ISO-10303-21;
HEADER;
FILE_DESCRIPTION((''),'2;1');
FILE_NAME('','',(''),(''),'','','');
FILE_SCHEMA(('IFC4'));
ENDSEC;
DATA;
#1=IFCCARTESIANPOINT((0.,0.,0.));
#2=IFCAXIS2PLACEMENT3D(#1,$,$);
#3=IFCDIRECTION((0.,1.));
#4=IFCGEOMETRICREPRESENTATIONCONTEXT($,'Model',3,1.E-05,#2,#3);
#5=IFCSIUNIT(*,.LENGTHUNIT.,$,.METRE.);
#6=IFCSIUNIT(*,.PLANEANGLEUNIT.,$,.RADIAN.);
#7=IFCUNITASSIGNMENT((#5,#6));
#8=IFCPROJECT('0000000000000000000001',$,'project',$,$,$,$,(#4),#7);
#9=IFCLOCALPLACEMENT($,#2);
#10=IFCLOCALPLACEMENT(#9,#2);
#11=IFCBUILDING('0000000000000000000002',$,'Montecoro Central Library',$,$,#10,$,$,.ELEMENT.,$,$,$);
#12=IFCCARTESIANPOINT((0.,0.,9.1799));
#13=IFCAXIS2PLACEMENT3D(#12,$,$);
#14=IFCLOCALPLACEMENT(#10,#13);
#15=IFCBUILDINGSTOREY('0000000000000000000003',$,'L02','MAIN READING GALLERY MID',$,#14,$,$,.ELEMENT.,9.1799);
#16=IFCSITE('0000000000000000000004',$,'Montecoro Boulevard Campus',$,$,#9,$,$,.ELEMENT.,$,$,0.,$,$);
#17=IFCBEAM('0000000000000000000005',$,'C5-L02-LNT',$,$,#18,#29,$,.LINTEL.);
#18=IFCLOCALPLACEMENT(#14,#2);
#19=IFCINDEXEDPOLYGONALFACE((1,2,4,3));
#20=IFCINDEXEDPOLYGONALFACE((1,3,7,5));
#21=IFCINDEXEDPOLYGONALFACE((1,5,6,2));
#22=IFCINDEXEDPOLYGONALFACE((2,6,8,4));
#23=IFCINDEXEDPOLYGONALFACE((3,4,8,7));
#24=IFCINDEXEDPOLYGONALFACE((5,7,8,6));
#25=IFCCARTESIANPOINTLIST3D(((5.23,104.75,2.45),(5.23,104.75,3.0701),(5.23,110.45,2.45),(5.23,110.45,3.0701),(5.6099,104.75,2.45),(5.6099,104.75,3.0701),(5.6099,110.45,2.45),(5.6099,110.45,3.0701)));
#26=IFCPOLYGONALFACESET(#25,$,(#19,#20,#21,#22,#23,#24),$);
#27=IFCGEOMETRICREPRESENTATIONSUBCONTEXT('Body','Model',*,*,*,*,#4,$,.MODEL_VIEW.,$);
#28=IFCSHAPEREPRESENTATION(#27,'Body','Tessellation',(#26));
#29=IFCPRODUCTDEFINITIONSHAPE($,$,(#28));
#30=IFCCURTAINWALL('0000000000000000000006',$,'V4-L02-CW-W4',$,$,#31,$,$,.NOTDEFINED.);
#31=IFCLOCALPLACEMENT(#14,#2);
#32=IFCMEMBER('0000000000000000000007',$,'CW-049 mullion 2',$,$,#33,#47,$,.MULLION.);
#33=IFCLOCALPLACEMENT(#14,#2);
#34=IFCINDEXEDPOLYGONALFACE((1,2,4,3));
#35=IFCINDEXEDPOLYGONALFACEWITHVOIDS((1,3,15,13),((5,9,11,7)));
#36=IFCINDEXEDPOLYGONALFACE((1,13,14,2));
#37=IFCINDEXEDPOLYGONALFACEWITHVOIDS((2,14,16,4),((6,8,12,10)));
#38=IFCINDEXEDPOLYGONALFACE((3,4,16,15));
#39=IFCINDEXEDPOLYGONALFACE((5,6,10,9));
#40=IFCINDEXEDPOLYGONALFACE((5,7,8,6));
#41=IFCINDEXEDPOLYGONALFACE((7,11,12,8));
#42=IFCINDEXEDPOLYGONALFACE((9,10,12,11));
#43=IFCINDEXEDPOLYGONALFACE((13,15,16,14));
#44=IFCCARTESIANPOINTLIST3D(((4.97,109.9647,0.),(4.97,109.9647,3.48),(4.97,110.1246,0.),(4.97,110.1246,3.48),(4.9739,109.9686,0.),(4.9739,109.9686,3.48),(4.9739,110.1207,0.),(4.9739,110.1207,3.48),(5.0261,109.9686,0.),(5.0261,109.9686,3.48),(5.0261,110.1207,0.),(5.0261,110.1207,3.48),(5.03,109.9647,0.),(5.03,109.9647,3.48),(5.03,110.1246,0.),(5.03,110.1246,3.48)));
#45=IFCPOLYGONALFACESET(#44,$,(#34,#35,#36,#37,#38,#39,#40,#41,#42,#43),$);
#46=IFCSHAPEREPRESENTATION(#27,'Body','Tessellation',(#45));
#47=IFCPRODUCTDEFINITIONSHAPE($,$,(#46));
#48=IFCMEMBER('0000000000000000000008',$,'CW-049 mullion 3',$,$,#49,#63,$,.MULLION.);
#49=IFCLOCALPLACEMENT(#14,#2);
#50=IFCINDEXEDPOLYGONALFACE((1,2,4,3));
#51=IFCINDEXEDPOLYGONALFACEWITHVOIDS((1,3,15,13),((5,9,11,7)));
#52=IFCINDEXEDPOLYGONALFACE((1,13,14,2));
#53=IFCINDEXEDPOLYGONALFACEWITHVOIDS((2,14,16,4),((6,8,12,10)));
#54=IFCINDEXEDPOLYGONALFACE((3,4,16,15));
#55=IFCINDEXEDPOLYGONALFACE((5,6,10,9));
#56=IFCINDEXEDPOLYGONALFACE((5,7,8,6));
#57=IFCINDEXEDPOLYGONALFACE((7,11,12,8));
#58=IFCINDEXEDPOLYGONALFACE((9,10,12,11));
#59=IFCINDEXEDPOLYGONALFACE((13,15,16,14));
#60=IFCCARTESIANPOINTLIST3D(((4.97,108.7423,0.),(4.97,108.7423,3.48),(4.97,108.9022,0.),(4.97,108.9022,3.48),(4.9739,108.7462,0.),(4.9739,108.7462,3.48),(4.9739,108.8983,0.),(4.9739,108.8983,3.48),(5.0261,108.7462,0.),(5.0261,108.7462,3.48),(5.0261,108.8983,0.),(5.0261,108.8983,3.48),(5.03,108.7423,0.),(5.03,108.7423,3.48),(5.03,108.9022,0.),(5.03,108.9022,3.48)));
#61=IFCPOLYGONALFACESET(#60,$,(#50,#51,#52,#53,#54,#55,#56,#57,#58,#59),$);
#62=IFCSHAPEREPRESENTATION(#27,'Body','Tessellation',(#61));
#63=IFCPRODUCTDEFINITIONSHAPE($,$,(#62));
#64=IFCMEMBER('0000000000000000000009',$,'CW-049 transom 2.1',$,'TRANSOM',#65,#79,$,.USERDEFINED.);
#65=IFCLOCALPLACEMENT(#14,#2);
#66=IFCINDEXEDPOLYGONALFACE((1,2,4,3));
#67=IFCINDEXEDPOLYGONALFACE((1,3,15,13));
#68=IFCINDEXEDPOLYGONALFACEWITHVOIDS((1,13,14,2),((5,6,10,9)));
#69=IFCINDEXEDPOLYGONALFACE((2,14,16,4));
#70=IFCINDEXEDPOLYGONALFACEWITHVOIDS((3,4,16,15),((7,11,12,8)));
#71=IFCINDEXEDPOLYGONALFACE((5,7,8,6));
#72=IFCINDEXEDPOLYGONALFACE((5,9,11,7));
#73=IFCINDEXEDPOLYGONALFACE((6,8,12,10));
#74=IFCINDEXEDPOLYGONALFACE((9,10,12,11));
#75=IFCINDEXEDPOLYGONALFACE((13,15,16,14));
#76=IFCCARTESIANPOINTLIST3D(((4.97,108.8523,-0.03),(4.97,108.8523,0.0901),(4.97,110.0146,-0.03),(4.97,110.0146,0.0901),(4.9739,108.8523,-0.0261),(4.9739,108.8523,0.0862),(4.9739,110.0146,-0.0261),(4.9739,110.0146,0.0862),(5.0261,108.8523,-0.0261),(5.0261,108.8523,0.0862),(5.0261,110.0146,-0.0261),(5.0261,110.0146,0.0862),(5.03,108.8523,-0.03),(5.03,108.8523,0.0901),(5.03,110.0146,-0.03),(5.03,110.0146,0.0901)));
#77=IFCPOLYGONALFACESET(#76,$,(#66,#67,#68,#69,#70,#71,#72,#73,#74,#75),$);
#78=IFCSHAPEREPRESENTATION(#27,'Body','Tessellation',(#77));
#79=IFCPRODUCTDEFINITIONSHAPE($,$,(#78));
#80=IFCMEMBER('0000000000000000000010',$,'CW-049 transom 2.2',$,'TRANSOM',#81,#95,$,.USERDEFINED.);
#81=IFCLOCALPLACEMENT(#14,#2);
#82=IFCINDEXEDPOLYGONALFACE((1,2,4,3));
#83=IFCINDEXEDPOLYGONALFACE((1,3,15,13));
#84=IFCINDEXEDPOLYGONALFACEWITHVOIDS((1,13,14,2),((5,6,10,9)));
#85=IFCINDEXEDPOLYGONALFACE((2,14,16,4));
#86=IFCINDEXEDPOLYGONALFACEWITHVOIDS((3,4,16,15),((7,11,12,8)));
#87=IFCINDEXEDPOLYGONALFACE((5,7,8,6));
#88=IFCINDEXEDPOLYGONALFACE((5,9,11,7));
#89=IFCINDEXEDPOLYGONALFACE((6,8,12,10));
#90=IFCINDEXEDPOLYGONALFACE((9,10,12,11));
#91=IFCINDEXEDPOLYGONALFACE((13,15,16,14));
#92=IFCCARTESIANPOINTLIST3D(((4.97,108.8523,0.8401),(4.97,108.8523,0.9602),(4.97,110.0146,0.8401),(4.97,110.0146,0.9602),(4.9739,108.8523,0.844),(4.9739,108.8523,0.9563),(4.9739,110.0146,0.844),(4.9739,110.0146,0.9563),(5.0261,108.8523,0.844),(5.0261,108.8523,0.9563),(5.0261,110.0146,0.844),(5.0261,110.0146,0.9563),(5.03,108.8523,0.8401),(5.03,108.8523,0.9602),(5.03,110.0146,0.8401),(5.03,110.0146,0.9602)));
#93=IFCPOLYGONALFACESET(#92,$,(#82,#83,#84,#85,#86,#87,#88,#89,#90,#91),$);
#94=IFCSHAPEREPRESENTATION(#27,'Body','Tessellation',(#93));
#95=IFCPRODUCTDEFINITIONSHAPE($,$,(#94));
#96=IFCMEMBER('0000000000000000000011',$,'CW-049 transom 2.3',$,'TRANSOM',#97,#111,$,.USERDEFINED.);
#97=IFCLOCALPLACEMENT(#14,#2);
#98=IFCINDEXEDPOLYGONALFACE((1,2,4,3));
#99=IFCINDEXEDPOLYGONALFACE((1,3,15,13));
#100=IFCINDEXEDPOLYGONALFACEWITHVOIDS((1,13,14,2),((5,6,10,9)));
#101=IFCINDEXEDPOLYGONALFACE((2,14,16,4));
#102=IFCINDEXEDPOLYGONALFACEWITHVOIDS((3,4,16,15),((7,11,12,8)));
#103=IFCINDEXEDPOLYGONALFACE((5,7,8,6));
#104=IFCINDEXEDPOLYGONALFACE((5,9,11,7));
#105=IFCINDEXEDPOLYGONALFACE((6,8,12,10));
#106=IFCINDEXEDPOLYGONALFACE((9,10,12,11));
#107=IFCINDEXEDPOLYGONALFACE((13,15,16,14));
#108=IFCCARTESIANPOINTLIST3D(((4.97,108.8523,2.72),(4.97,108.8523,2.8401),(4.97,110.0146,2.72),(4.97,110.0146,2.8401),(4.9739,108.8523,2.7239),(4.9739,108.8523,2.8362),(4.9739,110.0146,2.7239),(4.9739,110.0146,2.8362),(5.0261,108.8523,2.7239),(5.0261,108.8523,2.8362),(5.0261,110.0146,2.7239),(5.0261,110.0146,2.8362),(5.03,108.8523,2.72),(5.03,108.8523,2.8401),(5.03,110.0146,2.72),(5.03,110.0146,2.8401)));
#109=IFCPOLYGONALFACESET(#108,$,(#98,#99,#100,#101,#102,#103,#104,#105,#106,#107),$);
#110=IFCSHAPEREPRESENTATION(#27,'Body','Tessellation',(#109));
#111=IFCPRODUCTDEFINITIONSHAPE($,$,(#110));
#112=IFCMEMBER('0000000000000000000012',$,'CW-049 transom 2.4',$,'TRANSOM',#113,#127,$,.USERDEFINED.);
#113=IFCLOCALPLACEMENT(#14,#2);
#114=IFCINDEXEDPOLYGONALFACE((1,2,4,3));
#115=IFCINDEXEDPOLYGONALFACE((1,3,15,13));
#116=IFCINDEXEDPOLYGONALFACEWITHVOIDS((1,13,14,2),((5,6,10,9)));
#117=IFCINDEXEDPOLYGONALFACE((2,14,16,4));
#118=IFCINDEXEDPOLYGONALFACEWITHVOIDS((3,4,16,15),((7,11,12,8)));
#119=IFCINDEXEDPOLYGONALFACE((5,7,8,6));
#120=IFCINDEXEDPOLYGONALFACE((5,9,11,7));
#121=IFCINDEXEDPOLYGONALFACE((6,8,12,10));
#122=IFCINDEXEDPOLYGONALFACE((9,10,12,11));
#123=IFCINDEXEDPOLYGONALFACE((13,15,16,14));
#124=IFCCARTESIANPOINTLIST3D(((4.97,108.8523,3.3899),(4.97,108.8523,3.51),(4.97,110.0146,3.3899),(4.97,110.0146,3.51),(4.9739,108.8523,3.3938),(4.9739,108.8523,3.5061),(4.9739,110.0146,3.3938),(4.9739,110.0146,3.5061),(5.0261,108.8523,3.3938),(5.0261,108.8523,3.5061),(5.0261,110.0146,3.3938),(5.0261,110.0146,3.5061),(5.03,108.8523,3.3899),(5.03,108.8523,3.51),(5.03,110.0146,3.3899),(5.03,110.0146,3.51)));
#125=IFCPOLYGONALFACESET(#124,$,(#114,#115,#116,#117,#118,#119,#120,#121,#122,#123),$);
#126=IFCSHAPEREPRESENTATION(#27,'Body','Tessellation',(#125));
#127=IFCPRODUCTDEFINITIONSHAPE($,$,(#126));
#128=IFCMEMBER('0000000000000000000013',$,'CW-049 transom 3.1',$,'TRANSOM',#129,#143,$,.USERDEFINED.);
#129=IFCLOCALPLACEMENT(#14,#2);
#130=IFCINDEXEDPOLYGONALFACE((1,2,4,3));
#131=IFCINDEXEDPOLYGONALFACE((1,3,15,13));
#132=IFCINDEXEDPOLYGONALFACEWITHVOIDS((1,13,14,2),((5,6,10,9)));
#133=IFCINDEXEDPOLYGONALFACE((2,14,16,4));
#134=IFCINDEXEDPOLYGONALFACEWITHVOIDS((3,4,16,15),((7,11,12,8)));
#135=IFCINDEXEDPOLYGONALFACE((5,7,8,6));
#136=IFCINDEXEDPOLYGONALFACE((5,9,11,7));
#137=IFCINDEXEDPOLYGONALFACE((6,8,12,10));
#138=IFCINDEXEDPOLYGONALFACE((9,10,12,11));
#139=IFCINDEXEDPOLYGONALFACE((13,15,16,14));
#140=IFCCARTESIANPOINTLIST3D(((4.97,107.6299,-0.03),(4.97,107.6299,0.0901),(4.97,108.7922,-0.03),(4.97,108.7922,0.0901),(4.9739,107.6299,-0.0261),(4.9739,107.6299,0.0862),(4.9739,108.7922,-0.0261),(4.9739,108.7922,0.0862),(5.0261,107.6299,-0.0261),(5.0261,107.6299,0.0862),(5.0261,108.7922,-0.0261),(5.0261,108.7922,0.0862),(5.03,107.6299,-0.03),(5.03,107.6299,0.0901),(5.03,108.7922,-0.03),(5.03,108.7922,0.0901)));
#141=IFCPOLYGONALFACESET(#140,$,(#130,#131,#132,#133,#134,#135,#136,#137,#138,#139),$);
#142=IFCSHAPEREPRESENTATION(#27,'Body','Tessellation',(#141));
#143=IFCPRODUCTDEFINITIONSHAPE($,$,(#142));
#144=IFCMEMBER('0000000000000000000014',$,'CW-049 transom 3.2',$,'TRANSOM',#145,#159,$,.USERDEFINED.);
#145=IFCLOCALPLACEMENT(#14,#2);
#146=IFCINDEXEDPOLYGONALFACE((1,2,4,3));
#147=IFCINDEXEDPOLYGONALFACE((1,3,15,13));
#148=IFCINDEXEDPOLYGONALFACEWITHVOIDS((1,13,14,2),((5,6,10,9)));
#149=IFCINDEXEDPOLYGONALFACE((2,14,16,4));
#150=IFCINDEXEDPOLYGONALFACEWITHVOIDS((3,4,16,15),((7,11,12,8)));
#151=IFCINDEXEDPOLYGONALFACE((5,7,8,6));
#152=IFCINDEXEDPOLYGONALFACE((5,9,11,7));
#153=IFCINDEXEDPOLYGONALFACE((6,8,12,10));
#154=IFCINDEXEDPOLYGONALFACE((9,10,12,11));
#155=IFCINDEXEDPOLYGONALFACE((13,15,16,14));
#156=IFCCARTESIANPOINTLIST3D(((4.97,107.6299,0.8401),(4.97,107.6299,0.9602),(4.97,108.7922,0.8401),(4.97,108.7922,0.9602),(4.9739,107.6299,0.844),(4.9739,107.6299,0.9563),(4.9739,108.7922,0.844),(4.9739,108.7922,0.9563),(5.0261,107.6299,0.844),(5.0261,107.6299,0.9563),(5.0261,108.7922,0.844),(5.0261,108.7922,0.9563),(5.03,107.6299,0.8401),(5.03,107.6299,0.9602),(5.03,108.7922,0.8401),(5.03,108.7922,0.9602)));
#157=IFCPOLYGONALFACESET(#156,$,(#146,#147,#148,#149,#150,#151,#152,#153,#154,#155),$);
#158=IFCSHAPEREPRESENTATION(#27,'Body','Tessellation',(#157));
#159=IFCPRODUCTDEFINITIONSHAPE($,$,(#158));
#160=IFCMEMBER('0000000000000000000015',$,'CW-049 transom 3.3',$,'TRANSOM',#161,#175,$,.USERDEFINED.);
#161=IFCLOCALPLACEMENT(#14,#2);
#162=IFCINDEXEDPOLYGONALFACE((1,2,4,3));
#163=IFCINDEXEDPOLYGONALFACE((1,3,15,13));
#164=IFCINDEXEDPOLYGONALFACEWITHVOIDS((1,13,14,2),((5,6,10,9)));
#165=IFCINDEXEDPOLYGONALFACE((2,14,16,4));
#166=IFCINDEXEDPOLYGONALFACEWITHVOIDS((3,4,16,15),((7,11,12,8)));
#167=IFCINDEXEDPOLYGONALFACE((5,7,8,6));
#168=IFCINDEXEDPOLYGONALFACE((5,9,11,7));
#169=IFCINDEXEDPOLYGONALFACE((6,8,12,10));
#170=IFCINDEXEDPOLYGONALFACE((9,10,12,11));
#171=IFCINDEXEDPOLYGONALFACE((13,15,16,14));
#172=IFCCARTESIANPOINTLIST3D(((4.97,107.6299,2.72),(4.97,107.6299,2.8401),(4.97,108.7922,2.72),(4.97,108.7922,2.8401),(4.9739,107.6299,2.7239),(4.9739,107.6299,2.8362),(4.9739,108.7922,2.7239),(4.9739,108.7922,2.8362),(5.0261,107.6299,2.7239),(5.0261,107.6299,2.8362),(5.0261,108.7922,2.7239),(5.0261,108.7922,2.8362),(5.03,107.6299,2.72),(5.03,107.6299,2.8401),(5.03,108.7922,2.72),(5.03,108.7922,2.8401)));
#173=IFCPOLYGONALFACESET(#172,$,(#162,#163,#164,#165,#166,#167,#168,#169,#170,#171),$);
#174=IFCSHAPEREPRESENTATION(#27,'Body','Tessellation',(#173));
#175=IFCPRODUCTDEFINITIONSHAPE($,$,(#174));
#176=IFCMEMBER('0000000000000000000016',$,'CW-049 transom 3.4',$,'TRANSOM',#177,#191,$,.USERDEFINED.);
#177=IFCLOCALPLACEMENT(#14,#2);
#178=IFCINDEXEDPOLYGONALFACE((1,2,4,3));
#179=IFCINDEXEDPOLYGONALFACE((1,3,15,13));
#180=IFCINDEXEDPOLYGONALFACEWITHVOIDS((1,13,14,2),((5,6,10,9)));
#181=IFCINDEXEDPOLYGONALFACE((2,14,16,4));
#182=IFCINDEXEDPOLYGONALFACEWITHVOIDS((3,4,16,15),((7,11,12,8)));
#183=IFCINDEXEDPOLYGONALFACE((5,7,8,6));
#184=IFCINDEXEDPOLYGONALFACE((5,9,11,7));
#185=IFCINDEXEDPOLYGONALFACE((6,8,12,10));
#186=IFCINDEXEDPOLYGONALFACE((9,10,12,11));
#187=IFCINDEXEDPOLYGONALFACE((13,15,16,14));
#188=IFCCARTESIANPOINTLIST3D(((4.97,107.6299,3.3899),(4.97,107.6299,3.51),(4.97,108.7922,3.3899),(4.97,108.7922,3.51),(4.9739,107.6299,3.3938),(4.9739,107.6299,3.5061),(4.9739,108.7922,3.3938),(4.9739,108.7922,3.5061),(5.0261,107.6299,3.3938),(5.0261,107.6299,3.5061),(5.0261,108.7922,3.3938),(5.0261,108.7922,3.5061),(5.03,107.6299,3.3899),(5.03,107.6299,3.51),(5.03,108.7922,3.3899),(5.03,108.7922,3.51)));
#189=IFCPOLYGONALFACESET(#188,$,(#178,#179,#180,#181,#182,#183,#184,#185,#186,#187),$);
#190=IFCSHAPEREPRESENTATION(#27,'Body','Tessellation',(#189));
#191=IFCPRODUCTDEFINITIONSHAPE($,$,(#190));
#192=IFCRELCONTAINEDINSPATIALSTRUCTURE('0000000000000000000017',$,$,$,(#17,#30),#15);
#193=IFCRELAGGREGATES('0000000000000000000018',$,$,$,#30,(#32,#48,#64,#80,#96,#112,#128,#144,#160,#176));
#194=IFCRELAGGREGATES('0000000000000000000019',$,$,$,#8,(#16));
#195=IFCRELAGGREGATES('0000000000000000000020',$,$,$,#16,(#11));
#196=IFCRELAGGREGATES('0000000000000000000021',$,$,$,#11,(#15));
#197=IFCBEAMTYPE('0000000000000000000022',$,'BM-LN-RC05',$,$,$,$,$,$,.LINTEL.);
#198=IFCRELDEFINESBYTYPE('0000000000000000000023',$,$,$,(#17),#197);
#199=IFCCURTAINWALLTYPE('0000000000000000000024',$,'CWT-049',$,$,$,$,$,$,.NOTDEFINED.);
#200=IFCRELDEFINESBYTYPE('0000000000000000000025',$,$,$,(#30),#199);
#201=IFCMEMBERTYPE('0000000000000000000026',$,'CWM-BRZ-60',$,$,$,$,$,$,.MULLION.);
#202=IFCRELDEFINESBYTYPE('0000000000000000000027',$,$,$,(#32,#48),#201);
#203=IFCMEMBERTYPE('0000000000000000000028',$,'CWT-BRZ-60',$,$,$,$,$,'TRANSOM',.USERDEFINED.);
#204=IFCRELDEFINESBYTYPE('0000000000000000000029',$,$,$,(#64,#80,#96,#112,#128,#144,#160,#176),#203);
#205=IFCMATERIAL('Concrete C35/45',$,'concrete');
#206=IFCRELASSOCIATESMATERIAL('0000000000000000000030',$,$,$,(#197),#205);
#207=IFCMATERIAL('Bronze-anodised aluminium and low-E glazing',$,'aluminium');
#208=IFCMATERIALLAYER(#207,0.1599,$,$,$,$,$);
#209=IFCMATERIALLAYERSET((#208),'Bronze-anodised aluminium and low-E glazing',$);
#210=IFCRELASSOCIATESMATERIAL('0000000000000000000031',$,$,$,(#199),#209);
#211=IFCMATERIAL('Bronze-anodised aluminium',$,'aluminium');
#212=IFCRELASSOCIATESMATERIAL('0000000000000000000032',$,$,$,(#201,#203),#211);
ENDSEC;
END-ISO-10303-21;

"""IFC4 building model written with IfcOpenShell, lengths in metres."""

from ifc_helpers import new_model, si_unit, direction, frame, origin, origin_2d, place, context, subcontext, project, spatial, rectangle, hollow_rectangle, extrude, material, layer, layer_set, material_profile, profile_set, type_object, element, aggregate, save


model = new_model("IFC4")

# Units and contexts
model_context = context("Model", 3, precision=1e-05, world=origin(), true_north=direction((0.0, 1.0)))
body_context = subcontext(model_context, "Body", "Model", "MODEL_VIEW")
ifc_project = project(units=[si_unit("LENGTHUNIT", "METRE"), si_unit("PLANEANGLEUNIT", "RADIAN")], contexts=[model_context])

# Site, building, storey
site_placement = place(None, origin())
site = spatial("IfcSite", under=ifc_project, at=site_placement, Name="Montecoro Boulevard Campus", CompositionType="ELEMENT", RefElevation=0.0)
building_placement = place(site_placement, origin())
building = spatial("IfcBuilding", under=site, at=building_placement, Name="Montecoro Central Library", CompositionType="ELEMENT")
storey_placement = place(building_placement, frame((0.0, 0.0, 9.1799)))
storey = spatial("IfcBuildingStorey", under=building, at=storey_placement, Name="L02", Description="MAIN READING GALLERY MID", CompositionType="ELEMENT", Elevation=9.1799)

# Beam
ifc_material_1 = material(Name="Concrete C35/45", Category="concrete")
ifc_material_profile_1 = material_profile(ifc_material_1, rectangle(XDim=0.3799, YDim=0.6201, at=origin_2d()), Name="RC LNT 620x380")
ifc_profile_set_1 = profile_set([ifc_material_profile_1], Name="Concrete C35/45")
beam_type = type_object("IfcBeamType", Name="BM-LN-RC05", PredefinedType="LINTEL", material=ifc_profile_set_1)
beam_placement = place(storey_placement, frame((5.4199, 104.75, 2.76), z_axis=(0.0, 1.0, 0.0), x_axis=(-1.0, 0.0, 0.0)))
element("IfcBeam", 1, at=beam_placement, inside=storey, type_object=beam_type, Name="C5-L02-LNT", PredefinedType="LINTEL", context=body_context, shape_type="SweptSolid", body=[
    extrude(rectangle(XDim=0.3799, YDim=0.6201, at=origin_2d()), origin(), (0.0, 0.0, 1.0), 5.7),
])

# Curtain wall, members
ifc_material_2 = material(Name="Bronze-anodised aluminium and low-E glazing", Category="aluminium")
ifc_layer_1 = layer(ifc_material_2, 0.1599)
ifc_layer_set_1 = layer_set([ifc_layer_1], Name="Bronze-anodised aluminium and low-E glazing")
curtain_wall_type = type_object("IfcCurtainWallType", Name="CWT-049", PredefinedType="NOTDEFINED", material=ifc_layer_set_1)
curtain_wall_placement = place(storey_placement, origin())
curtain_wall = element("IfcCurtainWall", 2, at=curtain_wall_placement, inside=storey, type_object=curtain_wall_type, Name="V4-L02-CW-W4", PredefinedType="NOTDEFINED")
ifc_material_3 = material(Name="Bronze-anodised aluminium", Category="aluminium")
ifc_material_profile_2 = material_profile(ifc_material_3, hollow_rectangle(XDim=0.0601, YDim=0.1599, WallThickness=0.0039, at=origin_2d()), Name="CWM 160x60x4.0")
ifc_profile_set_2 = profile_set([ifc_material_profile_2], Name="Bronze-anodised aluminium")
member_type_1 = type_object("IfcMemberType", Name="CWM-BRZ-60", PredefinedType="MULLION", material=ifc_profile_set_2)
member_1_placement = place(storey_placement, frame((5.0, 110.0447, 0.0), z_axis=(0.0, 0.0, 1.0), x_axis=(1.0, 0.0, 0.0)))
member_1 = element("IfcMember", 3, at=member_1_placement, type_object=member_type_1, Name="CW-049 mullion 2", PredefinedType="MULLION", context=body_context, shape_type="SweptSolid", body=[
    extrude(hollow_rectangle(XDim=0.0601, YDim=0.1599, WallThickness=0.0039, at=origin_2d()), origin(), (0.0, 0.0, 1.0), 3.48),
])
member_2_placement = place(storey_placement, frame((5.0, 108.8223, 0.0), z_axis=(0.0, 0.0, 1.0), x_axis=(1.0, 0.0, 0.0)))
member_2 = element("IfcMember", 4, at=member_2_placement, type_object=member_type_1, Name="CW-049 mullion 3", PredefinedType="MULLION", context=body_context, shape_type="SweptSolid", body=[
    extrude(hollow_rectangle(XDim=0.0601, YDim=0.1599, WallThickness=0.0039, at=origin_2d()), origin(), (0.0, 0.0, 1.0), 3.48),
])
ifc_material_profile_3 = material_profile(ifc_material_3, hollow_rectangle(XDim=0.0601, YDim=0.1201, WallThickness=0.0039, at=origin_2d()), Name="CWT 120x60x4.0")
ifc_profile_set_3 = profile_set([ifc_material_profile_3], Name="Bronze-anodised aluminium")
member_type_2 = type_object("IfcMemberType", Name="CWT-BRZ-60", ElementType="TRANSOM", PredefinedType="USERDEFINED", material=ifc_profile_set_3)
member_3_placement = place(storey_placement, frame((5.0, 110.0146, 0.03), z_axis=(0.0, -1.0, 0.0), x_axis=(1.0, 0.0, 0.0)))
member_3 = element("IfcMember", 5, at=member_3_placement, type_object=member_type_2, Name="CW-049 transom 2.1", ObjectType="TRANSOM", PredefinedType="USERDEFINED", context=body_context, shape_type="SweptSolid", body=[
    extrude(hollow_rectangle(XDim=0.0601, YDim=0.1201, WallThickness=0.0039, at=origin_2d()), origin(), (0.0, 0.0, 1.0), 1.1624),
])
member_4_placement = place(storey_placement, frame((5.0, 110.0146, 0.9001), z_axis=(0.0, -1.0, 0.0), x_axis=(1.0, 0.0, 0.0)))
member_4 = element("IfcMember", 6, at=member_4_placement, type_object=member_type_2, Name="CW-049 transom 2.2", ObjectType="TRANSOM", PredefinedType="USERDEFINED", context=body_context, shape_type="SweptSolid", body=[
    extrude(hollow_rectangle(XDim=0.0601, YDim=0.1201, WallThickness=0.0039, at=origin_2d()), origin(), (0.0, 0.0, 1.0), 1.1624),
])
member_5_placement = place(storey_placement, frame((5.0, 110.0146, 2.78), z_axis=(0.0, -1.0, 0.0), x_axis=(1.0, 0.0, 0.0)))
member_5 = element("IfcMember", 7, at=member_5_placement, type_object=member_type_2, Name="CW-049 transom 2.3", ObjectType="TRANSOM", PredefinedType="USERDEFINED", context=body_context, shape_type="SweptSolid", body=[
    extrude(hollow_rectangle(XDim=0.0601, YDim=0.1201, WallThickness=0.0039, at=origin_2d()), origin(), (0.0, 0.0, 1.0), 1.1624),
])
member_6_placement = place(storey_placement, frame((5.0, 110.0146, 3.45), z_axis=(0.0, -1.0, 0.0), x_axis=(1.0, 0.0, 0.0)))
member_6 = element("IfcMember", 8, at=member_6_placement, type_object=member_type_2, Name="CW-049 transom 2.4", ObjectType="TRANSOM", PredefinedType="USERDEFINED", context=body_context, shape_type="SweptSolid", body=[
    extrude(hollow_rectangle(XDim=0.0601, YDim=0.1201, WallThickness=0.0039, at=origin_2d()), origin(), (0.0, 0.0, 1.0), 1.1624),
])
member_7_placement = place(storey_placement, frame((5.0, 108.7922, 0.03), z_axis=(0.0, -1.0, 0.0), x_axis=(1.0, 0.0, 0.0)))
member_7 = element("IfcMember", 9, at=member_7_placement, type_object=member_type_2, Name="CW-049 transom 3.1", ObjectType="TRANSOM", PredefinedType="USERDEFINED", context=body_context, shape_type="SweptSolid", body=[
    extrude(hollow_rectangle(XDim=0.0601, YDim=0.1201, WallThickness=0.0039, at=origin_2d()), origin(), (0.0, 0.0, 1.0), 1.1624),
])
member_8_placement = place(storey_placement, frame((5.0, 108.7922, 0.9001), z_axis=(0.0, -1.0, 0.0), x_axis=(1.0, 0.0, 0.0)))
member_8 = element("IfcMember", 10, at=member_8_placement, type_object=member_type_2, Name="CW-049 transom 3.2", ObjectType="TRANSOM", PredefinedType="USERDEFINED", context=body_context, shape_type="SweptSolid", body=[
    extrude(hollow_rectangle(XDim=0.0601, YDim=0.1201, WallThickness=0.0039, at=origin_2d()), origin(), (0.0, 0.0, 1.0), 1.1624),
])
member_9_placement = place(storey_placement, frame((5.0, 108.7922, 2.78), z_axis=(0.0, -1.0, 0.0), x_axis=(1.0, 0.0, 0.0)))
member_9 = element("IfcMember", 11, at=member_9_placement, type_object=member_type_2, Name="CW-049 transom 3.3", ObjectType="TRANSOM", PredefinedType="USERDEFINED", context=body_context, shape_type="SweptSolid", body=[
    extrude(hollow_rectangle(XDim=0.0601, YDim=0.1201, WallThickness=0.0039, at=origin_2d()), origin(), (0.0, 0.0, 1.0), 1.1624),
])
member_10_placement = place(storey_placement, frame((5.0, 108.7922, 3.45), z_axis=(0.0, -1.0, 0.0), x_axis=(1.0, 0.0, 0.0)))
member_10 = element("IfcMember", 12, at=member_10_placement, type_object=member_type_2, Name="CW-049 transom 3.4", ObjectType="TRANSOM", PredefinedType="USERDEFINED", context=body_context, shape_type="SweptSolid", body=[
    extrude(hollow_rectangle(XDim=0.0601, YDim=0.1201, WallThickness=0.0039, at=origin_2d()), origin(), (0.0, 0.0, 1.0), 1.1624),
])
aggregate(curtain_wall, [member_1, member_2, member_3, member_4, member_5, member_6, member_7, member_8, member_9, member_10])

save(model, "model.ifc")
